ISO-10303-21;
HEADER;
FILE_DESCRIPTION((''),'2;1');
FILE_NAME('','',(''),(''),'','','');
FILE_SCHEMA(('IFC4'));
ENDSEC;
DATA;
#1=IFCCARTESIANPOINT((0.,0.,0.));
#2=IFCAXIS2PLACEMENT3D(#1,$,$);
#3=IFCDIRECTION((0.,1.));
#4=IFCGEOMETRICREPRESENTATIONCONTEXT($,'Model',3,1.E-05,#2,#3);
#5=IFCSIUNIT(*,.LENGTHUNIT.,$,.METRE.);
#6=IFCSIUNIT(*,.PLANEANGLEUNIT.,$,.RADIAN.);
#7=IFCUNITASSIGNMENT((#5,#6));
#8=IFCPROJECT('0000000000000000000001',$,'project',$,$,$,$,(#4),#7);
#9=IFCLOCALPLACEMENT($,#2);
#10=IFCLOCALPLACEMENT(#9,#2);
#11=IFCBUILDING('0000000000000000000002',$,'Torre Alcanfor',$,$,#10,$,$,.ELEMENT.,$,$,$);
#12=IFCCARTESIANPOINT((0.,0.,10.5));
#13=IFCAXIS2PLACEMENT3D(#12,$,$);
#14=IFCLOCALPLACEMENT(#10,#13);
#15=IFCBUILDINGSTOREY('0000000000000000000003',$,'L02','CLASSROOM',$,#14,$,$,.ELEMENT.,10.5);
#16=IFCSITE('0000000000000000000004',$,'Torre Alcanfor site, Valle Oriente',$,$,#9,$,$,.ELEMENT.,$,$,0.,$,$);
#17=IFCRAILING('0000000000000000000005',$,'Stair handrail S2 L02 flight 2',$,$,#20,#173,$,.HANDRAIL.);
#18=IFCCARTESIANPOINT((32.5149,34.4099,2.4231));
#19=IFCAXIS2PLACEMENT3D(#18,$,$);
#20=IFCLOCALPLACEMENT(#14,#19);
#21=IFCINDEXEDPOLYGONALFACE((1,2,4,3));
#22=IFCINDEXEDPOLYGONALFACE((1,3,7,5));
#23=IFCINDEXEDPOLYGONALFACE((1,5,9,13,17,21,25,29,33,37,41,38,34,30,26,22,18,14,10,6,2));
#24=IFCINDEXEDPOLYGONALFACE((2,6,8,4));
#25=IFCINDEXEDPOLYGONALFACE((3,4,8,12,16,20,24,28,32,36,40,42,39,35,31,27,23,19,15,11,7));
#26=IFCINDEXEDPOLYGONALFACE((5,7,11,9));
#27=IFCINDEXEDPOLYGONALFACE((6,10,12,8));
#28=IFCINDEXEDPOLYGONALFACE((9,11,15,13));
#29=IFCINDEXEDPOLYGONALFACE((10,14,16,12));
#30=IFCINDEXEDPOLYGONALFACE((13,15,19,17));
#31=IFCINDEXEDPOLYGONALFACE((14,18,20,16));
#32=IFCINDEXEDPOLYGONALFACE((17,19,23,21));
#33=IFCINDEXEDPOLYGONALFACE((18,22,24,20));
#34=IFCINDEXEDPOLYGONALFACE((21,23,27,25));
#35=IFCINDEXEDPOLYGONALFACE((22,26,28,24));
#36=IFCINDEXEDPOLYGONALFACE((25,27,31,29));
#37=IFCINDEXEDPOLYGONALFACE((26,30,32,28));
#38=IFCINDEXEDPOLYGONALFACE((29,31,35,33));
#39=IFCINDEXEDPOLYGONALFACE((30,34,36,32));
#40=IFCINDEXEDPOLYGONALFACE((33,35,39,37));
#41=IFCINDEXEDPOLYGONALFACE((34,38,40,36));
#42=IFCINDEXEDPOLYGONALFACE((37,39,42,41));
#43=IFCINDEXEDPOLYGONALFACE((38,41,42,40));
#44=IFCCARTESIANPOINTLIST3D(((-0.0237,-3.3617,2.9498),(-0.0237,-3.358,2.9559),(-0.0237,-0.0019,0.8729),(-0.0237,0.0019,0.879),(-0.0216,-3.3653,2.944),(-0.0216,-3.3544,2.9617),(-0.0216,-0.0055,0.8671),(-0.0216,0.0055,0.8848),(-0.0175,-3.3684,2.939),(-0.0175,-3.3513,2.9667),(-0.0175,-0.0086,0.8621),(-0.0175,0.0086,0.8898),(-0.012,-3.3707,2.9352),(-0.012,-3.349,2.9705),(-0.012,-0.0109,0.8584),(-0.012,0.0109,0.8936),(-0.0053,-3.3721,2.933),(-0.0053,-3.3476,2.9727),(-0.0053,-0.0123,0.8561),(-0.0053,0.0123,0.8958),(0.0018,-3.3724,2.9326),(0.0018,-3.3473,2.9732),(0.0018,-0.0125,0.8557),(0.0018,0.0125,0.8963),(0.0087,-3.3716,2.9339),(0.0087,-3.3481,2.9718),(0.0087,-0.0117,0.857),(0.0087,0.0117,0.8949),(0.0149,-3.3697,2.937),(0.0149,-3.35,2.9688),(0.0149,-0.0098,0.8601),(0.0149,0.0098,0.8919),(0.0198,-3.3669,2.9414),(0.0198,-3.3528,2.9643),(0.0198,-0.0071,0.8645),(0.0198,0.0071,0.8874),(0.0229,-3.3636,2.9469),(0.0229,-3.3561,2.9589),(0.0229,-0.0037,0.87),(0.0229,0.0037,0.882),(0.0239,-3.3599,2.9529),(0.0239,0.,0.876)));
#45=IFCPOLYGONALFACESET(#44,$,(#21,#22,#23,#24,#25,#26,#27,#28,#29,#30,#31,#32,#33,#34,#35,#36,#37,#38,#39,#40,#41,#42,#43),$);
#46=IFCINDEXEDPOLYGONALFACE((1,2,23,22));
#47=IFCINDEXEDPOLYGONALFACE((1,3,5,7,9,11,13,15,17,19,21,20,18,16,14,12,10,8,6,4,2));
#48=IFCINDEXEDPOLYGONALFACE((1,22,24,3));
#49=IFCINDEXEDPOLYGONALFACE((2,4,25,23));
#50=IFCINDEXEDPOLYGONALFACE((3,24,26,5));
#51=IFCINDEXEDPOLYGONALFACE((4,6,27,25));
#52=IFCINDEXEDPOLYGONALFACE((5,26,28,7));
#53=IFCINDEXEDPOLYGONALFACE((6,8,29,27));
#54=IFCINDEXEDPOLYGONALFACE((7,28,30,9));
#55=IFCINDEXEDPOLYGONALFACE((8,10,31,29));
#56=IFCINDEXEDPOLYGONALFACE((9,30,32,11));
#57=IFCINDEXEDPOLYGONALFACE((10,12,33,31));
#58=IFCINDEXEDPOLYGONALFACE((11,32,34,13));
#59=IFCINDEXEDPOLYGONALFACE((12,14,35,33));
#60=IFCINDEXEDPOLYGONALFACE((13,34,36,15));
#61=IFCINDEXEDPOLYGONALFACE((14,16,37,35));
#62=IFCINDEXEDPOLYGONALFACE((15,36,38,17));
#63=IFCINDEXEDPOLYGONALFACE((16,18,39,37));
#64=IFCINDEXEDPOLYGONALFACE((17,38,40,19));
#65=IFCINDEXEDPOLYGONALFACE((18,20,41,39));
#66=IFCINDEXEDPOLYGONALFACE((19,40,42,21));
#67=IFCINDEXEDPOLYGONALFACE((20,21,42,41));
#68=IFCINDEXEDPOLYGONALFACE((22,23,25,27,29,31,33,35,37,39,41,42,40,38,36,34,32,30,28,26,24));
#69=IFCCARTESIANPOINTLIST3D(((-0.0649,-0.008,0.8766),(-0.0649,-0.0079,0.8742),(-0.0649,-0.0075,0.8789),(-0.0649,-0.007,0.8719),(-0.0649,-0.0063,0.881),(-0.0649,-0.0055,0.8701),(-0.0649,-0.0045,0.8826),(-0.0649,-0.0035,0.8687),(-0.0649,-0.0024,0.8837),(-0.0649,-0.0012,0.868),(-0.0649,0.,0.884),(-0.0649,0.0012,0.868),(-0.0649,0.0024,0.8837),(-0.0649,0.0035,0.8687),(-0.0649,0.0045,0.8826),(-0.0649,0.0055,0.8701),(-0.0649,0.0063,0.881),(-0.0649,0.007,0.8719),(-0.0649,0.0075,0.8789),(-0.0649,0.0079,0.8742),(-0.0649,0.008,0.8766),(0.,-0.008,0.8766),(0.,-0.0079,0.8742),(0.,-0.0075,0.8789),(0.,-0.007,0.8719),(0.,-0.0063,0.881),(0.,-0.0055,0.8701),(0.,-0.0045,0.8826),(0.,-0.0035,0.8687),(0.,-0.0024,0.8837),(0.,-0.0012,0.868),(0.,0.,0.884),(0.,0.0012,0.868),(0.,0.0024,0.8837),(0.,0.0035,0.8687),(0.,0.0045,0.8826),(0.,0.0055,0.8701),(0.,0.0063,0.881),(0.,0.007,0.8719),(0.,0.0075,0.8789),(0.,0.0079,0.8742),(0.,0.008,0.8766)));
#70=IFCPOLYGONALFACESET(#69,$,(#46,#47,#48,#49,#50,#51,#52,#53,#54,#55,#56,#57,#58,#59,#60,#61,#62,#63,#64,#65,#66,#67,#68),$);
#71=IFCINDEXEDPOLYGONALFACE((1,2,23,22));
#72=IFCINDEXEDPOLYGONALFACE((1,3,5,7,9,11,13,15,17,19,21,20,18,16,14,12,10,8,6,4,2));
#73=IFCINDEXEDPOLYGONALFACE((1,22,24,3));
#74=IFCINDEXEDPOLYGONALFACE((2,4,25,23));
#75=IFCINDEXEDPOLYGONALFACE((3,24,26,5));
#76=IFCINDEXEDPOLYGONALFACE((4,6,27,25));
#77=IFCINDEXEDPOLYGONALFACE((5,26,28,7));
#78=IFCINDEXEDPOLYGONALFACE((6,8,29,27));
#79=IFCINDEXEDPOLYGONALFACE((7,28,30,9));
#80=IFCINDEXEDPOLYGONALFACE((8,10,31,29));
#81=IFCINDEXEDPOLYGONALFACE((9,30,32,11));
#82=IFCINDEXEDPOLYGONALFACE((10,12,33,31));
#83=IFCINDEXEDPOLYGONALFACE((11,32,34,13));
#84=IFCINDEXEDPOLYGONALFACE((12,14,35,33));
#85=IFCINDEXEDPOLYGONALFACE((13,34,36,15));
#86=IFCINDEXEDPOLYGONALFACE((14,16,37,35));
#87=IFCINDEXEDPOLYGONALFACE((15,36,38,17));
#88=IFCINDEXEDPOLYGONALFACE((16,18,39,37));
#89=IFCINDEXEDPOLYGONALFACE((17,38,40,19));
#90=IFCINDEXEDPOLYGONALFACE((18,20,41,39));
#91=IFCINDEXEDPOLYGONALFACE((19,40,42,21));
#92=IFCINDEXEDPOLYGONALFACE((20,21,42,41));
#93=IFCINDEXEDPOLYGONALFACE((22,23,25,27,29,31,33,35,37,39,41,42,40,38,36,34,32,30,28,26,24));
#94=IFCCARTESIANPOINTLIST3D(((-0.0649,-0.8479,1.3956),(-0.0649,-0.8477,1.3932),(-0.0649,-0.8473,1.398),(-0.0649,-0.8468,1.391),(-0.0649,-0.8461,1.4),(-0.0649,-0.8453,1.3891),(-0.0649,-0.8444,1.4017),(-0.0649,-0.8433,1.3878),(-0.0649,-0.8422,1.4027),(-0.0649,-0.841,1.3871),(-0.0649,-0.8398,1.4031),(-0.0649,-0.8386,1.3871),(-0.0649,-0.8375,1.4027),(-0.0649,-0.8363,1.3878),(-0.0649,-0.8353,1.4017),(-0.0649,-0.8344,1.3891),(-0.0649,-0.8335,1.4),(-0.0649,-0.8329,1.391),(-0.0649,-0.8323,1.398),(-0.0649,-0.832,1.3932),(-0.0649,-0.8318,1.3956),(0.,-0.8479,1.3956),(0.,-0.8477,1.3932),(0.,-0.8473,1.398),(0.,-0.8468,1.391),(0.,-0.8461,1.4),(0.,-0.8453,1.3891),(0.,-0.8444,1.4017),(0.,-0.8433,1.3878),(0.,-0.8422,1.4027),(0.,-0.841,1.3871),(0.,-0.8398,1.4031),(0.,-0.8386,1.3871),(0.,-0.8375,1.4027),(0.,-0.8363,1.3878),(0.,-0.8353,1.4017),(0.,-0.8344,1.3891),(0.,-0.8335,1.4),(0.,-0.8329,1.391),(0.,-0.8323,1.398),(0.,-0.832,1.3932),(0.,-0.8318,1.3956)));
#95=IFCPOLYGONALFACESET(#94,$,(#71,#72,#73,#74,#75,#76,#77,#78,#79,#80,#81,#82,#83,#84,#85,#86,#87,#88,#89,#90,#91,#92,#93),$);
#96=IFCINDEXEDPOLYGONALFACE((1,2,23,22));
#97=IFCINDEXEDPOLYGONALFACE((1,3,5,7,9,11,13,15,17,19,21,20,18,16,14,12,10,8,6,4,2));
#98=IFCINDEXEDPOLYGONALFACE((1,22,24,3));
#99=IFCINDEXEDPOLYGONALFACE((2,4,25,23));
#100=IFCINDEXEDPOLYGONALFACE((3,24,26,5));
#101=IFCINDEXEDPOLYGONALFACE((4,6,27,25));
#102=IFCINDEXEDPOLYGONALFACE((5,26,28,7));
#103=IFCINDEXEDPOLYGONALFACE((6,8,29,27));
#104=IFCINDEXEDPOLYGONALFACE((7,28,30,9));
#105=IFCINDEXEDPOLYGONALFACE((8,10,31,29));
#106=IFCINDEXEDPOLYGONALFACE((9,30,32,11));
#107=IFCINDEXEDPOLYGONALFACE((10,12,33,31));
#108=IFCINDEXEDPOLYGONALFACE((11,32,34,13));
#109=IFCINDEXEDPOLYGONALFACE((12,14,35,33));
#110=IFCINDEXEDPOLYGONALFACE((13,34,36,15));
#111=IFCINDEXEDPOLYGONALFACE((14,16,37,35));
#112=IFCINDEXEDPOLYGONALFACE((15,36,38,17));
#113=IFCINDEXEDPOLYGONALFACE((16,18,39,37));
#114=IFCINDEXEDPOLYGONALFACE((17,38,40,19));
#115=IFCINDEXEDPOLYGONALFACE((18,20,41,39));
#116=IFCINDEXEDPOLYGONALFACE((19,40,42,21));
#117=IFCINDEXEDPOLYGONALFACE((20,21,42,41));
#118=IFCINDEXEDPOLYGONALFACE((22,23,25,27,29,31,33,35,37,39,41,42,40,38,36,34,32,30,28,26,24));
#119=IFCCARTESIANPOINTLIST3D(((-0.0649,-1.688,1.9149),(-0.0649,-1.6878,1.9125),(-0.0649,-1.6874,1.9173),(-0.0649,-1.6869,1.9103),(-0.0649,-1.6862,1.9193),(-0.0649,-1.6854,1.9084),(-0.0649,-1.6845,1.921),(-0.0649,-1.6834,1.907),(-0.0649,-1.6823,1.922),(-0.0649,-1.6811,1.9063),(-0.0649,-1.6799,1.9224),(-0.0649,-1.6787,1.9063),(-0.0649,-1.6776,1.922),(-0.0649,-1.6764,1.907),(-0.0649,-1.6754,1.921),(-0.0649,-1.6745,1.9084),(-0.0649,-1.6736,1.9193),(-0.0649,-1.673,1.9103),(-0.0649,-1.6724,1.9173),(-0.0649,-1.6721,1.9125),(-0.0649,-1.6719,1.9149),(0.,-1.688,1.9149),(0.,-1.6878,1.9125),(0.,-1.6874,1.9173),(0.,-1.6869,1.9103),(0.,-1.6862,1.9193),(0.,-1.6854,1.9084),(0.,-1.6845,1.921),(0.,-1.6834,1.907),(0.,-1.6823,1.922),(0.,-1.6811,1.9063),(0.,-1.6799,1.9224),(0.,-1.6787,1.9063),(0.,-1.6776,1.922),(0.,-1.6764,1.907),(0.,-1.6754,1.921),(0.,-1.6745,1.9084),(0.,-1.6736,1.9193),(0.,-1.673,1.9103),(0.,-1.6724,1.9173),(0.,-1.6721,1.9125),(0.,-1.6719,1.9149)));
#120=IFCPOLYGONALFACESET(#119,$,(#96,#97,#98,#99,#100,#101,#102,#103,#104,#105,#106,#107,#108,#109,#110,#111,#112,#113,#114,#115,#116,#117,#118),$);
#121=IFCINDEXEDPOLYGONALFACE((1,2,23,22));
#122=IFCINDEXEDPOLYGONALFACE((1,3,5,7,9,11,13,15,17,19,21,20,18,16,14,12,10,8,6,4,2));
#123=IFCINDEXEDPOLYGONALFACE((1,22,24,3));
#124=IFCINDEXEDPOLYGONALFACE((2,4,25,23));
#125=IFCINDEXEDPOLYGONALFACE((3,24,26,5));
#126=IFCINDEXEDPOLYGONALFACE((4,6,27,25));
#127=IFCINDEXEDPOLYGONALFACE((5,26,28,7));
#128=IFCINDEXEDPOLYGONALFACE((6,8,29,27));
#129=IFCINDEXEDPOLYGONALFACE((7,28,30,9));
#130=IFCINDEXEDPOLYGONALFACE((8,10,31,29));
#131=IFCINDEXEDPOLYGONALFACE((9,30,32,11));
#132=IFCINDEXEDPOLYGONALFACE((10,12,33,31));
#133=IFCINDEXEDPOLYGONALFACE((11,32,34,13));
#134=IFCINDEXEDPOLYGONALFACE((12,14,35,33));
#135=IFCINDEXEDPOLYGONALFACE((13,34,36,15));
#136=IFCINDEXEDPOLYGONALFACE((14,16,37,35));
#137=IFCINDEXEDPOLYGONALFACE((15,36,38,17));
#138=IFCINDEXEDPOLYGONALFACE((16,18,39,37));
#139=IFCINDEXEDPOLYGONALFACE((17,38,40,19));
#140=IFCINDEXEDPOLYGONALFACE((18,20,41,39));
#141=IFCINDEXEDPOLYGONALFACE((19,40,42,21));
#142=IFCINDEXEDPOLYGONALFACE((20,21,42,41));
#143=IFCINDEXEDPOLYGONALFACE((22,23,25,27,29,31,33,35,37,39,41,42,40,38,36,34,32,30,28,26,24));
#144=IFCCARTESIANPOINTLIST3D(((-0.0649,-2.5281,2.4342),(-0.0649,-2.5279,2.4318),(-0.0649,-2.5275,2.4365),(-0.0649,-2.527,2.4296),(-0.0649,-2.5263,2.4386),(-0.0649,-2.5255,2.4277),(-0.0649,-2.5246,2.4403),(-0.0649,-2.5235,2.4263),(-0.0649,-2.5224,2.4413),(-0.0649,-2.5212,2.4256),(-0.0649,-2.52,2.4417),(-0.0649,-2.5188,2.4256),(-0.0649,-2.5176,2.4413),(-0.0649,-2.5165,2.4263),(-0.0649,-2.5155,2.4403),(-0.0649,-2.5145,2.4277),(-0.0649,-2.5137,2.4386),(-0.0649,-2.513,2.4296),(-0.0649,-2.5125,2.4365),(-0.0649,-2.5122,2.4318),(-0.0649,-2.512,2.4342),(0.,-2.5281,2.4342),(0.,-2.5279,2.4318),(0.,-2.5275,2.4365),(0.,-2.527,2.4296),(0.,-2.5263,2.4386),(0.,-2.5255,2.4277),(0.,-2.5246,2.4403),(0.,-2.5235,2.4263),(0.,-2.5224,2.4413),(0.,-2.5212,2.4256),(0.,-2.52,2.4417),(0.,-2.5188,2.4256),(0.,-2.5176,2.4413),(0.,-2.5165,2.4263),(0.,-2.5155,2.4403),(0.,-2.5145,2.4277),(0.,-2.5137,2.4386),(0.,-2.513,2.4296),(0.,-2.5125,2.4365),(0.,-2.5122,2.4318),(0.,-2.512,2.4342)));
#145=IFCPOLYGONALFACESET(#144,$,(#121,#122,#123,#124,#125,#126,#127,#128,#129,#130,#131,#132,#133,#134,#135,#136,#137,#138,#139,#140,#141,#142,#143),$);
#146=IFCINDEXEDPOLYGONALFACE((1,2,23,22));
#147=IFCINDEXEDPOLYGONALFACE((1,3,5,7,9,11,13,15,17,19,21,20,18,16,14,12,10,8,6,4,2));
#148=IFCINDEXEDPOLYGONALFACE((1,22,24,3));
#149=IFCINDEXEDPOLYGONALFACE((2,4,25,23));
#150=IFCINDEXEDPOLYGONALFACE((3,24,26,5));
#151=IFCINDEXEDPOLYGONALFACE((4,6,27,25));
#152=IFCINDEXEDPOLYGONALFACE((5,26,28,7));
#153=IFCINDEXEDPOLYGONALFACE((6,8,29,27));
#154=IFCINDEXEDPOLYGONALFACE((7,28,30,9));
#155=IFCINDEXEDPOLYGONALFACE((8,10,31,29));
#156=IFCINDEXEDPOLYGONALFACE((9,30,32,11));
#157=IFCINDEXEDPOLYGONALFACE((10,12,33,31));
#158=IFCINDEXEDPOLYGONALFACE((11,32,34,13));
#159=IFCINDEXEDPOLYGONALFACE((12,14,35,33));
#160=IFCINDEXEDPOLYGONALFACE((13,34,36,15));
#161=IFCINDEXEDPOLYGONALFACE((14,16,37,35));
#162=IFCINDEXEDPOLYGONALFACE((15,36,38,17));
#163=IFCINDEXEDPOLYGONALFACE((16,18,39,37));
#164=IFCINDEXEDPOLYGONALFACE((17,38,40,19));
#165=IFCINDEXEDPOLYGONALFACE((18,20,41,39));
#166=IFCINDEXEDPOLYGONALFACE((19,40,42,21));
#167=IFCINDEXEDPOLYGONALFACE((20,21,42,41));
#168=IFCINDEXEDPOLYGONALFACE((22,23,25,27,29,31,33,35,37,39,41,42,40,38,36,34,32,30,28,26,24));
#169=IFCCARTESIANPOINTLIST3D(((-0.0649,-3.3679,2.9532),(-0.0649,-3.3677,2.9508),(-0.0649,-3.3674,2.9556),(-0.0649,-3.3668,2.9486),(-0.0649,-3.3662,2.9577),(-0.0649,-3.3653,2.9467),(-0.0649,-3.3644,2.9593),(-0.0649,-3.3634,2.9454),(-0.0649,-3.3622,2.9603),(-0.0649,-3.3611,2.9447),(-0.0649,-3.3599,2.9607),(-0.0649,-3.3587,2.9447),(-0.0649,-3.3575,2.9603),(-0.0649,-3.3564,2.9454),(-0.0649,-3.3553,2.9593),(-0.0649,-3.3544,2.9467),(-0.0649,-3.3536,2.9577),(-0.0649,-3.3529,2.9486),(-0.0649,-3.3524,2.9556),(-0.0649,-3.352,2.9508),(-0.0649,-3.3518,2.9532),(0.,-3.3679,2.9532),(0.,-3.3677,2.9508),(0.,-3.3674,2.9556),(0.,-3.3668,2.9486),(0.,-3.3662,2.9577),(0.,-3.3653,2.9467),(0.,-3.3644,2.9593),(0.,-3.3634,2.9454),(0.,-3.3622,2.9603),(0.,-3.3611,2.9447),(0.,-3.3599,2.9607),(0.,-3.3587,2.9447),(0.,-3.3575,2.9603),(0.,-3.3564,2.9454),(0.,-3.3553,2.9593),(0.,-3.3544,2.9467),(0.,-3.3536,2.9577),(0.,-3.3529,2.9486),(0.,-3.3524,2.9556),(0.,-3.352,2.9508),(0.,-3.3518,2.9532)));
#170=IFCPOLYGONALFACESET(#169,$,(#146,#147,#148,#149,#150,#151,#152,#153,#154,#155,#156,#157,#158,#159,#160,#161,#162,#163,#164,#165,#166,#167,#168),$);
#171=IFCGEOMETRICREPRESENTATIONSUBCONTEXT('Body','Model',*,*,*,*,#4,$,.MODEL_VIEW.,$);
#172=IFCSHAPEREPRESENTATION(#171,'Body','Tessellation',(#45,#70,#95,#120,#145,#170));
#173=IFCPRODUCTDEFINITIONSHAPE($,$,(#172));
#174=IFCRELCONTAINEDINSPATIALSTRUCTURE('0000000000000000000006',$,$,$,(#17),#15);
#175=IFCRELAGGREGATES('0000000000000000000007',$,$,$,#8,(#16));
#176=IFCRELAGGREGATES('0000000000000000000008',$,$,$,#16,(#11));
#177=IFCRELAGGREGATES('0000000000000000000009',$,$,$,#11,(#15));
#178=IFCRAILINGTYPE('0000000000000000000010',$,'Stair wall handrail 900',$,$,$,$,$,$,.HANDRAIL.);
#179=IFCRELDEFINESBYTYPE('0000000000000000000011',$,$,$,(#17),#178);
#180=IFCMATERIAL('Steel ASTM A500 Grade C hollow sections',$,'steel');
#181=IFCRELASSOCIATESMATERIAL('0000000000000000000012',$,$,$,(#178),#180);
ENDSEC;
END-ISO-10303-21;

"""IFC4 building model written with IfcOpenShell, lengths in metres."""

from ifc_helpers import new_model, si_unit, direction, frame, origin, origin_2d, place, context, subcontext, project, spatial, circle, extrude, material, type_object, element, save


model = new_model("IFC4")

# Units and contexts
model_context = context("Model", 3, precision=1e-05, world=origin(), true_north=direction((0.0, 1.0)))
body_context = subcontext(model_context, "Body", "Model", "MODEL_VIEW")
ifc_project = project(units=[si_unit("LENGTHUNIT", "METRE"), si_unit("PLANEANGLEUNIT", "RADIAN")], contexts=[model_context])

# Site, building, storey
site_placement = place(None, origin())
site = spatial("IfcSite", under=ifc_project, at=site_placement, Name="Torre Alcanfor site, Valle Oriente", CompositionType="ELEMENT", RefElevation=0.0)
building_placement = place(site_placement, origin())
building = spatial("IfcBuilding", under=site, at=building_placement, Name="Torre Alcanfor", CompositionType="ELEMENT")
storey_placement = place(building_placement, frame((0.0, 0.0, 10.5)))
storey = spatial("IfcBuildingStorey", under=building, at=storey_placement, Name="L02", Description="CLASSROOM", CompositionType="ELEMENT", Elevation=10.5)

# Railing
ifc_material_1 = material(Name="Steel ASTM A500 Grade C hollow sections", Category="steel")
railing_type_1 = type_object("IfcRailingType", Name="Stair wall handrail 900", PredefinedType="HANDRAIL", material=ifc_material_1)
railing_1_placement = place(storey_placement, frame((32.5149, 34.4099, 2.4231)))
element("IfcRailing", 1, at=railing_1_placement, inside=storey, type_object=railing_type_1, Name="Stair handrail S2 L02 flight 2", PredefinedType="HANDRAIL", context=body_context, shape_type="SweptSolid", body=[
    extrude(circle(Radius=0.0239, at=origin_2d()), frame((0.0, 0.0, 0.876), z_axis=(0.0, -0.850606, 0.525803), x_axis=(1.0, 0.0, 0.0)), (0.0, 0.0, 1.0), 3.95),
    extrude(circle(Radius=0.0081, at=origin_2d()), frame((0.0, 0.0, 0.876), z_axis=(-1.0, 0.0, 0.0), x_axis=(0.0, 0.0, 1.0)), (0.0, 0.0, 1.0), 0.0649),
    extrude(circle(Radius=0.0081, at=origin_2d()), frame((0.0, -0.8398, 1.395), z_axis=(-1.0, 0.0, 0.0), x_axis=(0.0, 0.0, 1.0)), (0.0, 0.0, 1.0), 0.0649),
    extrude(circle(Radius=0.0081, at=origin_2d()), frame((0.0, -1.6799, 1.9143), z_axis=(-1.0, 0.0, 0.0), x_axis=(0.0, 0.0, 1.0)), (0.0, 0.0, 1.0), 0.0649),
    extrude(circle(Radius=0.0081, at=origin_2d()), frame((0.0, -2.52, 2.4336), z_axis=(-1.0, 0.0, 0.0), x_axis=(0.0, 0.0, 1.0)), (0.0, 0.0, 1.0), 0.0649),
    extrude(circle(Radius=0.0081, at=origin_2d()), frame((0.0, -3.3599, 2.9526), z_axis=(-1.0, 0.0, 0.0), x_axis=(0.0, 0.0, 1.0)), (0.0, 0.0, 1.0), 0.0649),
])

save(model, "model.ifc")
